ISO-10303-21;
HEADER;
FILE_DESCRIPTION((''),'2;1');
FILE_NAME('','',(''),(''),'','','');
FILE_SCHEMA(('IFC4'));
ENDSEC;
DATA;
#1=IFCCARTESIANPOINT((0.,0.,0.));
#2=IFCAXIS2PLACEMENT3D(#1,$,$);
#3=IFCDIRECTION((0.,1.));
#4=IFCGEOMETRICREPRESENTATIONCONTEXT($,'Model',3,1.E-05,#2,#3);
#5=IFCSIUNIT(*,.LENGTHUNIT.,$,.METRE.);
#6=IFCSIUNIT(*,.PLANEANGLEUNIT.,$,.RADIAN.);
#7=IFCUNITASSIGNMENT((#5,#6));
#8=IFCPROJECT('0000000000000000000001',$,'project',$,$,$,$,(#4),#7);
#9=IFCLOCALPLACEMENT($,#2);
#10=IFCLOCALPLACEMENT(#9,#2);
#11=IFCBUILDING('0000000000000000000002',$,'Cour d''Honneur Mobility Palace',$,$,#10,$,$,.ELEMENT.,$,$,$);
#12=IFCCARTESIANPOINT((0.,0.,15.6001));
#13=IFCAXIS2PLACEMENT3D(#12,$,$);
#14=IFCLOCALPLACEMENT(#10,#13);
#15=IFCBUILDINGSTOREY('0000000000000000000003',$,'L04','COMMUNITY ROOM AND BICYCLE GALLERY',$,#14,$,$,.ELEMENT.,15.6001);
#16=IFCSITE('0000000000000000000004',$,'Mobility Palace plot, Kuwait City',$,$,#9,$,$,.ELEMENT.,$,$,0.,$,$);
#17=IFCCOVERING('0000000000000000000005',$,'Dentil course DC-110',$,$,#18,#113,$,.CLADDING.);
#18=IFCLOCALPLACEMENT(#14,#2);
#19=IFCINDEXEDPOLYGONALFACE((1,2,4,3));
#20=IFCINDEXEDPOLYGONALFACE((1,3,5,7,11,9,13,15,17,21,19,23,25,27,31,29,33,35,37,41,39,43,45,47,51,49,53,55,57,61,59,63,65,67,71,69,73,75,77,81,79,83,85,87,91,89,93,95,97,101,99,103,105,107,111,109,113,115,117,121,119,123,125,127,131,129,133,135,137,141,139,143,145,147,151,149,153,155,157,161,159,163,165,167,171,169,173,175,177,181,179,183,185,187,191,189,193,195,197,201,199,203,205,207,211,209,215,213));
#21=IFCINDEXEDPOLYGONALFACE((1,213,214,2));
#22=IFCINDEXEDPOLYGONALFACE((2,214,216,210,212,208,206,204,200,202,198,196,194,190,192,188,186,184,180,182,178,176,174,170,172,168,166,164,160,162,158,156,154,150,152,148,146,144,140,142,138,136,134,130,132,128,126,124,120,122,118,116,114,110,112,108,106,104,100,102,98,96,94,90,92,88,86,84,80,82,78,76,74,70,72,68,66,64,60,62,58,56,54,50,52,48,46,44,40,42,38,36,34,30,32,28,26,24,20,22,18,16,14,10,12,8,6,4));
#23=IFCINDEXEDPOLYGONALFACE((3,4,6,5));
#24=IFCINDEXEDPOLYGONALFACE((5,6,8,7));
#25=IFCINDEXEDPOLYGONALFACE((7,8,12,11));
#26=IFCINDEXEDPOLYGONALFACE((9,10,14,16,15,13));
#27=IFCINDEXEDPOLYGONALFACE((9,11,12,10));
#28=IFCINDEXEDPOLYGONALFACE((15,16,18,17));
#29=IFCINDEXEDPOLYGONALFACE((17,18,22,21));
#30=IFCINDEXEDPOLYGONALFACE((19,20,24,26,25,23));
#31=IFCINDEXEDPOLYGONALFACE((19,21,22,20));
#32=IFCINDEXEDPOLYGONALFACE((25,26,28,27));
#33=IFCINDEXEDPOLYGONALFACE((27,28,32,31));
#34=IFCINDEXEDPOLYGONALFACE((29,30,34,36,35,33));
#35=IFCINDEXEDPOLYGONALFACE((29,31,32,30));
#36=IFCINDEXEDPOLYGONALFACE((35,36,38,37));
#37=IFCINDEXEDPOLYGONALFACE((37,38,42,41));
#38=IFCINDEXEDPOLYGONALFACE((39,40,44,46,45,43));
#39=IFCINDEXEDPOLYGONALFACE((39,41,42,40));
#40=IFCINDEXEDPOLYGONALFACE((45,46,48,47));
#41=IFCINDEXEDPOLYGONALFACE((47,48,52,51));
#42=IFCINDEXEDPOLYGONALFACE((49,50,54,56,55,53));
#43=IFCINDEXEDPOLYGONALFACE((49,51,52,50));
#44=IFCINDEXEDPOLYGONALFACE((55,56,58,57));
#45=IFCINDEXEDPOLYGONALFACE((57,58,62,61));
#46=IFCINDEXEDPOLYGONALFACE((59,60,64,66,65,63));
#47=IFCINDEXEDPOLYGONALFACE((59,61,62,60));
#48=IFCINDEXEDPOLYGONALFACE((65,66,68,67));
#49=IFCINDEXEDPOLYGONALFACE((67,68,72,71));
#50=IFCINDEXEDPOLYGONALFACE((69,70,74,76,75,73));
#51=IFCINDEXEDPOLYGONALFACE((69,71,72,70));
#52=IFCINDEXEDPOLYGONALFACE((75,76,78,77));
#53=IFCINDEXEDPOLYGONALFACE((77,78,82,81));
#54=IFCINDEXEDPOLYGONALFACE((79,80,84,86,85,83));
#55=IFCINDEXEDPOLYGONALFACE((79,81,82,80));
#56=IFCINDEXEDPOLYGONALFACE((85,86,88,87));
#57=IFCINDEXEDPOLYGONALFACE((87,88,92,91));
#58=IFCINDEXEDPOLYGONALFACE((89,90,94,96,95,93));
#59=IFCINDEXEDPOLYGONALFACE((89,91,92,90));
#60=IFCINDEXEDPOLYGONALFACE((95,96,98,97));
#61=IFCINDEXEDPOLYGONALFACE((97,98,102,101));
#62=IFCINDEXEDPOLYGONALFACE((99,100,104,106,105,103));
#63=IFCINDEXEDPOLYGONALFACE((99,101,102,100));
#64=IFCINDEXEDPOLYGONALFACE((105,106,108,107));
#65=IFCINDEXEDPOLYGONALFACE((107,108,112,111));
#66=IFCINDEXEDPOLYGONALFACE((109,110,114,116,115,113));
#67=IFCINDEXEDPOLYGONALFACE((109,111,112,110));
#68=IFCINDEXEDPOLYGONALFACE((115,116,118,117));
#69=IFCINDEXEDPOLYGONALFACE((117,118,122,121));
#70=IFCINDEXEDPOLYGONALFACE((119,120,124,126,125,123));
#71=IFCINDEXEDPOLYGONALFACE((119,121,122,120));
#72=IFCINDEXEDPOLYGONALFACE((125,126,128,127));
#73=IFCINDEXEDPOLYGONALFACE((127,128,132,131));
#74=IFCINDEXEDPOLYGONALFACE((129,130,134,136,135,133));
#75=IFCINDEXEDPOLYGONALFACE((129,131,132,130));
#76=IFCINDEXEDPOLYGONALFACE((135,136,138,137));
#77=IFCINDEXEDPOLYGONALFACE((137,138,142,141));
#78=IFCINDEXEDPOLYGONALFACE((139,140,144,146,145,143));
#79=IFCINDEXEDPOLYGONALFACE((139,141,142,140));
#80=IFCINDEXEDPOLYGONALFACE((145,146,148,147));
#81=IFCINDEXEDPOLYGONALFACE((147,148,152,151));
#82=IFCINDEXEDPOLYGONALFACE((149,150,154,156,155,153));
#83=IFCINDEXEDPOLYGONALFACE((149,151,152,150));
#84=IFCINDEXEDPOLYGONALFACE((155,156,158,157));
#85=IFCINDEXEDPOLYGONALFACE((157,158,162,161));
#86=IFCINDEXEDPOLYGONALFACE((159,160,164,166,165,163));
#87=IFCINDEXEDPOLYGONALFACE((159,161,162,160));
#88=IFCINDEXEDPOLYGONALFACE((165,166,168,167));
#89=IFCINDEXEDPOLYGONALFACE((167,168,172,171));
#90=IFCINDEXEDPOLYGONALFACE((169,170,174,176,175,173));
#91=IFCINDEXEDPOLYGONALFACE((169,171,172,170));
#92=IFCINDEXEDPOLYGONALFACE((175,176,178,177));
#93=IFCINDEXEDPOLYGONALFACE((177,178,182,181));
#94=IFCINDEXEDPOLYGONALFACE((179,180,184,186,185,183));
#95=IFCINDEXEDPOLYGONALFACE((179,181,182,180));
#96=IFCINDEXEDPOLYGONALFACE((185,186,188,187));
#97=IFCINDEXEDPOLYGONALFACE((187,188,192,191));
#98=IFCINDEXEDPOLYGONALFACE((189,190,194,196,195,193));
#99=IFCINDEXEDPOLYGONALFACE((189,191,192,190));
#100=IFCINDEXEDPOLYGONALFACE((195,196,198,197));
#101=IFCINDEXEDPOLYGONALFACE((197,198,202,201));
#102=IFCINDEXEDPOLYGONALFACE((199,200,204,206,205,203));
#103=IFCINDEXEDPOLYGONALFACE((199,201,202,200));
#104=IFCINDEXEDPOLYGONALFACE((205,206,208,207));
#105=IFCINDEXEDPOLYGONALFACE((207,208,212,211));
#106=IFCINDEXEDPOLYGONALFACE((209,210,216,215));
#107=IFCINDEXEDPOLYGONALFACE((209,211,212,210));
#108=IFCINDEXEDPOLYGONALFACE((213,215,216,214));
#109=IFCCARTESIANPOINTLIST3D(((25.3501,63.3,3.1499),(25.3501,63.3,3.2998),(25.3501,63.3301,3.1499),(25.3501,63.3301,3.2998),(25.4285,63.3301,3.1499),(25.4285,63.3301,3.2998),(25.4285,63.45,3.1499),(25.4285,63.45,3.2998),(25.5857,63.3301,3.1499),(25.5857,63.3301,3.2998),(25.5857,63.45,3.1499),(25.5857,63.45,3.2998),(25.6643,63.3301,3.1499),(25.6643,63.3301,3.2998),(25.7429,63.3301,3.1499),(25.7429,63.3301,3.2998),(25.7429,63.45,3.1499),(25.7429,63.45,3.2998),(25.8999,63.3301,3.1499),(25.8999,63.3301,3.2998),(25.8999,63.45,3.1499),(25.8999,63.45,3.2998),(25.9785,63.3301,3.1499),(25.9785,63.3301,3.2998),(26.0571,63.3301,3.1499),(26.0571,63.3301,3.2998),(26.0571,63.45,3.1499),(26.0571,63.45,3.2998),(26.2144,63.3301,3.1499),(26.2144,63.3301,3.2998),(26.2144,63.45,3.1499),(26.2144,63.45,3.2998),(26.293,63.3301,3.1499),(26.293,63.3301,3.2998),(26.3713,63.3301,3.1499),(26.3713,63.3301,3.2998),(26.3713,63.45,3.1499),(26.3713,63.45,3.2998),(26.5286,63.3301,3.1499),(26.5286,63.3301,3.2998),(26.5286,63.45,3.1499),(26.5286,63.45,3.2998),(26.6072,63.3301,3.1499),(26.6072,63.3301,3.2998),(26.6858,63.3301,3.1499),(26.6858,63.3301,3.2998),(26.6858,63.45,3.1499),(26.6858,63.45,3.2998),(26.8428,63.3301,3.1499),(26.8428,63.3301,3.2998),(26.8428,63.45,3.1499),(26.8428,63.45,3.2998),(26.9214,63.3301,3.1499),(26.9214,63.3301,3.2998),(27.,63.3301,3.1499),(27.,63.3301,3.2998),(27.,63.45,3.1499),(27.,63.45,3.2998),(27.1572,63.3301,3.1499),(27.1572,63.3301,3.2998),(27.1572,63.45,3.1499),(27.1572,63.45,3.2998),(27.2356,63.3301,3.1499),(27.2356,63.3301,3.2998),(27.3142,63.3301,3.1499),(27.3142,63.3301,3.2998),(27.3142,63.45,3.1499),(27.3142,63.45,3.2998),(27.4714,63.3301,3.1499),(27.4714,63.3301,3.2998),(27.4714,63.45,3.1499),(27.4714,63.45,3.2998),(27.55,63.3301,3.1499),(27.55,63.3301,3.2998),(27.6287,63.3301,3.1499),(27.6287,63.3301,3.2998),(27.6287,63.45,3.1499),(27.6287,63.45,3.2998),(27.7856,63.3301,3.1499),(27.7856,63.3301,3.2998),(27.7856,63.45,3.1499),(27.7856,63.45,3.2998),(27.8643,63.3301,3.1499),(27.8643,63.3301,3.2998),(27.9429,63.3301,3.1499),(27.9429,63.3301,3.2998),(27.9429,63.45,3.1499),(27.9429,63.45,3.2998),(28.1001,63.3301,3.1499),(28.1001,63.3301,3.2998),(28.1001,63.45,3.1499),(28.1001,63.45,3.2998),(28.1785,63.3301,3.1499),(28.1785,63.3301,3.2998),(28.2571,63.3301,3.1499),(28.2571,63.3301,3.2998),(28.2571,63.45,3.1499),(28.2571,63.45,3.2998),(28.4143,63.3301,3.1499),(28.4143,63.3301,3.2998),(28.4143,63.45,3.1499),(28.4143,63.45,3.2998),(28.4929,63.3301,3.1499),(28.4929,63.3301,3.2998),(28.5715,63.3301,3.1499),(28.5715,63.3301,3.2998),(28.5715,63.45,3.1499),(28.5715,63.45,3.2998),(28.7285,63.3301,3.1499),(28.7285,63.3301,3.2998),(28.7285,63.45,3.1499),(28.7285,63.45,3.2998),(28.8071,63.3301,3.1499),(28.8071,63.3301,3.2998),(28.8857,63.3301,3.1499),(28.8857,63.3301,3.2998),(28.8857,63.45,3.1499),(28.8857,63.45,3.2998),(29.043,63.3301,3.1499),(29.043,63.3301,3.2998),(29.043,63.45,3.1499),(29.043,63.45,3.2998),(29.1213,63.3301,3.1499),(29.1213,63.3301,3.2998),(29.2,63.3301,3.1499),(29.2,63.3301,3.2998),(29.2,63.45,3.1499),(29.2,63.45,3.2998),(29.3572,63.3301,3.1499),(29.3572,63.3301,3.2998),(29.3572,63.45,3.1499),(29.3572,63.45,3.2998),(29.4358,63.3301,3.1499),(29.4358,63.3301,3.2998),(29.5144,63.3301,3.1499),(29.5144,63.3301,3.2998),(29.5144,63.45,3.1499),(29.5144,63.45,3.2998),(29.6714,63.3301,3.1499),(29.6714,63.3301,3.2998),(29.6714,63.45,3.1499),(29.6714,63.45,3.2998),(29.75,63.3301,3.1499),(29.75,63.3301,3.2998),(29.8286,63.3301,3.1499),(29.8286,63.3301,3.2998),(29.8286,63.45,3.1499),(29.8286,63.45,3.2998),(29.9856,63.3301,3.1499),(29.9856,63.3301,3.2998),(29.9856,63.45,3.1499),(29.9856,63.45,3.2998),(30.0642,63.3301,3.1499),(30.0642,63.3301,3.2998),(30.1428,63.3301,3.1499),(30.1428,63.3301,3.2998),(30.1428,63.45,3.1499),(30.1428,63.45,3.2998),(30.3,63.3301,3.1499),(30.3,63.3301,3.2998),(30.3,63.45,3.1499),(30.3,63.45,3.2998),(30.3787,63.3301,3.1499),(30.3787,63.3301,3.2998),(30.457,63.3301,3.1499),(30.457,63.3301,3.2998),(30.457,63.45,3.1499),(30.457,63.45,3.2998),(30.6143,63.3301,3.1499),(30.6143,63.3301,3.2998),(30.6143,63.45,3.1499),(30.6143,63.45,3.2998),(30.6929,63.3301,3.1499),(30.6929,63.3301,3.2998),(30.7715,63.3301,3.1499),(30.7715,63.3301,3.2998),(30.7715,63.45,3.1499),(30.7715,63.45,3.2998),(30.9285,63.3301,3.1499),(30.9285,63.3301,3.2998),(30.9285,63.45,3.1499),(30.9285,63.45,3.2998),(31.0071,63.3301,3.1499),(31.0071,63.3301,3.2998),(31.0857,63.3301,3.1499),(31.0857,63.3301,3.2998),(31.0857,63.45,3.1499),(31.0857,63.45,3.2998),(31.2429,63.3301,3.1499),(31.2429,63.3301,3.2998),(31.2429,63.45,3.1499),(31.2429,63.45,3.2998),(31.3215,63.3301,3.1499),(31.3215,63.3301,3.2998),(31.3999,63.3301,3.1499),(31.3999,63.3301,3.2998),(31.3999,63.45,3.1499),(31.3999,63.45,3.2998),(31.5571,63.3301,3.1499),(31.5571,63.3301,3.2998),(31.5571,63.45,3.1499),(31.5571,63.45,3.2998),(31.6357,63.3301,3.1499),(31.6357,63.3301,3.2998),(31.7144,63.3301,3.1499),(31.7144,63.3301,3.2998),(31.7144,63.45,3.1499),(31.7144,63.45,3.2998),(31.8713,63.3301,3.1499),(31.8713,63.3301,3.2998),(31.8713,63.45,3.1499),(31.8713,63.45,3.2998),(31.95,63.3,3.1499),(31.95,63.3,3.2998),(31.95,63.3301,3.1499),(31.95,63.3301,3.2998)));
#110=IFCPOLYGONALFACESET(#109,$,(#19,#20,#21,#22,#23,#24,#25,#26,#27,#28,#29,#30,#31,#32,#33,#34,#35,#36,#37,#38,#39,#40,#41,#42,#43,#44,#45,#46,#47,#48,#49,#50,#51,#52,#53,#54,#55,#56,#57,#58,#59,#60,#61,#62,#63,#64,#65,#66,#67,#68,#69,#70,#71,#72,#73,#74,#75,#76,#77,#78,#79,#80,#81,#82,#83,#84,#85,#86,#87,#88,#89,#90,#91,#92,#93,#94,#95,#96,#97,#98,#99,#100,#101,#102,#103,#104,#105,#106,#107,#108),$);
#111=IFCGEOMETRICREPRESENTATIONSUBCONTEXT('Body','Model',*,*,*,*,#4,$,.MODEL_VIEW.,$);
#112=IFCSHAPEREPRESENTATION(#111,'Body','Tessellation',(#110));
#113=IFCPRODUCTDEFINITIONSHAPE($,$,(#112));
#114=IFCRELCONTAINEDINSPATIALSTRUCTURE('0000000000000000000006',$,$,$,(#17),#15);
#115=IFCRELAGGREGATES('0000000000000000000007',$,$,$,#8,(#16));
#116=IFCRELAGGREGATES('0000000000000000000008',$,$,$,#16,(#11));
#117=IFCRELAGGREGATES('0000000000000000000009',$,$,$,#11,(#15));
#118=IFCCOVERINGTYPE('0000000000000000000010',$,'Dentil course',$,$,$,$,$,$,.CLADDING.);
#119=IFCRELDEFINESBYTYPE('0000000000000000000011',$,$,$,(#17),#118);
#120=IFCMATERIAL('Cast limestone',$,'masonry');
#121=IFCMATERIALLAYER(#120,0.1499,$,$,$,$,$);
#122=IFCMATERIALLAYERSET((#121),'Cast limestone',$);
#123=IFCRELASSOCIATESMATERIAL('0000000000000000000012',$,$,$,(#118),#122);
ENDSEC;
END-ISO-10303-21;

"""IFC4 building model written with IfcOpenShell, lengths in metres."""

from ifc_helpers import new_model, si_unit, direction, frame, origin, place, context, subcontext, project, spatial, polyline, outline, extrude, material, layer, layer_set, type_object, element, save


model = new_model("IFC4")

# Units and contexts
model_context = context("Model", 3, precision=1e-05, world=origin(), true_north=direction((0.0, 1.0)))
body_context = subcontext(model_context, "Body", "Model", "MODEL_VIEW")
ifc_project = project(units=[si_unit("LENGTHUNIT", "METRE"), si_unit("PLANEANGLEUNIT", "RADIAN")], contexts=[model_context])

# Site, building, storey
site_placement = place(None, origin())
site = spatial("IfcSite", under=ifc_project, at=site_placement, Name="Mobility Palace plot, Kuwait City", CompositionType="ELEMENT", RefElevation=0.0)
building_placement = place(site_placement, origin())
building = spatial("IfcBuilding", under=site, at=building_placement, Name="Cour d'Honneur Mobility Palace", CompositionType="ELEMENT")
storey_placement = place(building_placement, frame((0.0, 0.0, 15.6001)))
storey = spatial("IfcBuildingStorey", under=building, at=storey_placement, Name="L04", Description="COMMUNITY ROOM AND BICYCLE GALLERY", CompositionType="ELEMENT", Elevation=15.6001)

# Covering
ifc_material = material(Name="Cast limestone", Category="masonry")
ifc_layer = layer(ifc_material, 0.1499)
ifc_layer_set = layer_set([ifc_layer], Name="Cast limestone")
covering_type = type_object("IfcCoveringType", Name="Dentil course", PredefinedType="CLADDING", material=ifc_layer_set)
covering_1_placement = place(storey_placement, frame((0.0, 0.0, 3.1499)))
element("IfcCovering", 1, at=covering_1_placement, inside=storey, type_object=covering_type, Name="Dentil course DC-110", PredefinedType="CLADDING", context=body_context, shape_type="SweptSolid", body=[
    extrude(outline(polyline([(31.95, 63.3), (25.3501, 63.3), (25.3501, 63.3301), (25.3501, 63.3301), (25.4285, 63.3301), (25.4285, 63.45), (25.5857, 63.45), (25.5857, 63.3301), (25.6643, 63.3301), (25.6643, 63.3301), (25.7429, 63.3301), (25.7429, 63.45), (25.8999, 63.45), (25.8999, 63.3301), (25.9785, 63.3301), (25.9785, 63.3301), (26.0571, 63.3301), (26.0571, 63.45), (26.2144, 63.45), (26.2144, 63.3301), (26.293, 63.3301), (26.293, 63.3301), (26.3713, 63.3301), (26.3713, 63.45), (26.5286, 63.45), (26.5286, 63.3301), (26.6072, 63.3301), (26.6072, 63.3301), (26.6858, 63.3301), (26.6858, 63.45), (26.8428, 63.45), (26.8428, 63.3301), (26.9214, 63.3301), (26.9214, 63.3301), (27.0, 63.3301), (27.0, 63.45), (27.1572, 63.45), (27.1572, 63.3301), (27.2356, 63.3301), (27.2356, 63.3301), (27.3142, 63.3301), (27.3142, 63.45), (27.4714, 63.45), (27.4714, 63.3301), (27.55, 63.3301), (27.55, 63.3301), (27.6287, 63.3301), (27.6287, 63.45), (27.7856, 63.45), (27.7856, 63.3301), (27.8643, 63.3301), (27.8643, 63.3301), (27.9429, 63.3301), (27.9429, 63.45), (28.1001, 63.45), (28.1001, 63.3301), (28.1785, 63.3301), (28.1785, 63.3301), (28.2571, 63.3301), (28.2571, 63.45), (28.4143, 63.45), (28.4143, 63.3301), (28.4929, 63.3301), (28.4929, 63.3301), (28.5715, 63.3301), (28.5715, 63.45), (28.7285, 63.45), (28.7285, 63.3301), (28.8071, 63.3301), (28.8071, 63.3301), (28.8857, 63.3301), (28.8857, 63.45), (29.043, 63.45), (29.043, 63.3301), (29.1213, 63.3301), (29.1213, 63.3301), (29.2, 63.3301), (29.2, 63.45), (29.3572, 63.45), (29.3572, 63.3301), (29.4358, 63.3301), (29.4358, 63.3301), (29.5144, 63.3301), (29.5144, 63.45), (29.6714, 63.45), (29.6714, 63.3301), (29.75, 63.3301), (29.75, 63.3301), (29.8286, 63.3301), (29.8286, 63.45), (29.9856, 63.45), (29.9856, 63.3301), (30.0642, 63.3301), (30.0642, 63.3301), (30.1428, 63.3301), (30.1428, 63.45), (30.3, 63.45), (30.3, 63.3301), (30.3787, 63.3301), (30.3787, 63.3301), (30.457, 63.3301), (30.457, 63.45), (30.6143, 63.45), (30.6143, 63.3301), (30.6929, 63.3301), (30.6929, 63.3301), (30.7715, 63.3301), (30.7715, 63.45), (30.9285, 63.45), (30.9285, 63.3301), (31.0071, 63.3301), (31.0071, 63.3301), (31.0857, 63.3301), (31.0857, 63.45), (31.2429, 63.45), (31.2429, 63.3301), (31.3215, 63.3301), (31.3215, 63.3301), (31.3999, 63.3301), (31.3999, 63.45), (31.5571, 63.45), (31.5571, 63.3301), (31.6357, 63.3301), (31.6357, 63.3301), (31.7144, 63.3301), (31.7144, 63.45), (31.8713, 63.45), (31.8713, 63.3301), (31.95, 63.3301), (31.95, 63.3)])), origin(), (0.0, 0.0, 1.0), 0.1499),
])

save(model, "model.ifc")
